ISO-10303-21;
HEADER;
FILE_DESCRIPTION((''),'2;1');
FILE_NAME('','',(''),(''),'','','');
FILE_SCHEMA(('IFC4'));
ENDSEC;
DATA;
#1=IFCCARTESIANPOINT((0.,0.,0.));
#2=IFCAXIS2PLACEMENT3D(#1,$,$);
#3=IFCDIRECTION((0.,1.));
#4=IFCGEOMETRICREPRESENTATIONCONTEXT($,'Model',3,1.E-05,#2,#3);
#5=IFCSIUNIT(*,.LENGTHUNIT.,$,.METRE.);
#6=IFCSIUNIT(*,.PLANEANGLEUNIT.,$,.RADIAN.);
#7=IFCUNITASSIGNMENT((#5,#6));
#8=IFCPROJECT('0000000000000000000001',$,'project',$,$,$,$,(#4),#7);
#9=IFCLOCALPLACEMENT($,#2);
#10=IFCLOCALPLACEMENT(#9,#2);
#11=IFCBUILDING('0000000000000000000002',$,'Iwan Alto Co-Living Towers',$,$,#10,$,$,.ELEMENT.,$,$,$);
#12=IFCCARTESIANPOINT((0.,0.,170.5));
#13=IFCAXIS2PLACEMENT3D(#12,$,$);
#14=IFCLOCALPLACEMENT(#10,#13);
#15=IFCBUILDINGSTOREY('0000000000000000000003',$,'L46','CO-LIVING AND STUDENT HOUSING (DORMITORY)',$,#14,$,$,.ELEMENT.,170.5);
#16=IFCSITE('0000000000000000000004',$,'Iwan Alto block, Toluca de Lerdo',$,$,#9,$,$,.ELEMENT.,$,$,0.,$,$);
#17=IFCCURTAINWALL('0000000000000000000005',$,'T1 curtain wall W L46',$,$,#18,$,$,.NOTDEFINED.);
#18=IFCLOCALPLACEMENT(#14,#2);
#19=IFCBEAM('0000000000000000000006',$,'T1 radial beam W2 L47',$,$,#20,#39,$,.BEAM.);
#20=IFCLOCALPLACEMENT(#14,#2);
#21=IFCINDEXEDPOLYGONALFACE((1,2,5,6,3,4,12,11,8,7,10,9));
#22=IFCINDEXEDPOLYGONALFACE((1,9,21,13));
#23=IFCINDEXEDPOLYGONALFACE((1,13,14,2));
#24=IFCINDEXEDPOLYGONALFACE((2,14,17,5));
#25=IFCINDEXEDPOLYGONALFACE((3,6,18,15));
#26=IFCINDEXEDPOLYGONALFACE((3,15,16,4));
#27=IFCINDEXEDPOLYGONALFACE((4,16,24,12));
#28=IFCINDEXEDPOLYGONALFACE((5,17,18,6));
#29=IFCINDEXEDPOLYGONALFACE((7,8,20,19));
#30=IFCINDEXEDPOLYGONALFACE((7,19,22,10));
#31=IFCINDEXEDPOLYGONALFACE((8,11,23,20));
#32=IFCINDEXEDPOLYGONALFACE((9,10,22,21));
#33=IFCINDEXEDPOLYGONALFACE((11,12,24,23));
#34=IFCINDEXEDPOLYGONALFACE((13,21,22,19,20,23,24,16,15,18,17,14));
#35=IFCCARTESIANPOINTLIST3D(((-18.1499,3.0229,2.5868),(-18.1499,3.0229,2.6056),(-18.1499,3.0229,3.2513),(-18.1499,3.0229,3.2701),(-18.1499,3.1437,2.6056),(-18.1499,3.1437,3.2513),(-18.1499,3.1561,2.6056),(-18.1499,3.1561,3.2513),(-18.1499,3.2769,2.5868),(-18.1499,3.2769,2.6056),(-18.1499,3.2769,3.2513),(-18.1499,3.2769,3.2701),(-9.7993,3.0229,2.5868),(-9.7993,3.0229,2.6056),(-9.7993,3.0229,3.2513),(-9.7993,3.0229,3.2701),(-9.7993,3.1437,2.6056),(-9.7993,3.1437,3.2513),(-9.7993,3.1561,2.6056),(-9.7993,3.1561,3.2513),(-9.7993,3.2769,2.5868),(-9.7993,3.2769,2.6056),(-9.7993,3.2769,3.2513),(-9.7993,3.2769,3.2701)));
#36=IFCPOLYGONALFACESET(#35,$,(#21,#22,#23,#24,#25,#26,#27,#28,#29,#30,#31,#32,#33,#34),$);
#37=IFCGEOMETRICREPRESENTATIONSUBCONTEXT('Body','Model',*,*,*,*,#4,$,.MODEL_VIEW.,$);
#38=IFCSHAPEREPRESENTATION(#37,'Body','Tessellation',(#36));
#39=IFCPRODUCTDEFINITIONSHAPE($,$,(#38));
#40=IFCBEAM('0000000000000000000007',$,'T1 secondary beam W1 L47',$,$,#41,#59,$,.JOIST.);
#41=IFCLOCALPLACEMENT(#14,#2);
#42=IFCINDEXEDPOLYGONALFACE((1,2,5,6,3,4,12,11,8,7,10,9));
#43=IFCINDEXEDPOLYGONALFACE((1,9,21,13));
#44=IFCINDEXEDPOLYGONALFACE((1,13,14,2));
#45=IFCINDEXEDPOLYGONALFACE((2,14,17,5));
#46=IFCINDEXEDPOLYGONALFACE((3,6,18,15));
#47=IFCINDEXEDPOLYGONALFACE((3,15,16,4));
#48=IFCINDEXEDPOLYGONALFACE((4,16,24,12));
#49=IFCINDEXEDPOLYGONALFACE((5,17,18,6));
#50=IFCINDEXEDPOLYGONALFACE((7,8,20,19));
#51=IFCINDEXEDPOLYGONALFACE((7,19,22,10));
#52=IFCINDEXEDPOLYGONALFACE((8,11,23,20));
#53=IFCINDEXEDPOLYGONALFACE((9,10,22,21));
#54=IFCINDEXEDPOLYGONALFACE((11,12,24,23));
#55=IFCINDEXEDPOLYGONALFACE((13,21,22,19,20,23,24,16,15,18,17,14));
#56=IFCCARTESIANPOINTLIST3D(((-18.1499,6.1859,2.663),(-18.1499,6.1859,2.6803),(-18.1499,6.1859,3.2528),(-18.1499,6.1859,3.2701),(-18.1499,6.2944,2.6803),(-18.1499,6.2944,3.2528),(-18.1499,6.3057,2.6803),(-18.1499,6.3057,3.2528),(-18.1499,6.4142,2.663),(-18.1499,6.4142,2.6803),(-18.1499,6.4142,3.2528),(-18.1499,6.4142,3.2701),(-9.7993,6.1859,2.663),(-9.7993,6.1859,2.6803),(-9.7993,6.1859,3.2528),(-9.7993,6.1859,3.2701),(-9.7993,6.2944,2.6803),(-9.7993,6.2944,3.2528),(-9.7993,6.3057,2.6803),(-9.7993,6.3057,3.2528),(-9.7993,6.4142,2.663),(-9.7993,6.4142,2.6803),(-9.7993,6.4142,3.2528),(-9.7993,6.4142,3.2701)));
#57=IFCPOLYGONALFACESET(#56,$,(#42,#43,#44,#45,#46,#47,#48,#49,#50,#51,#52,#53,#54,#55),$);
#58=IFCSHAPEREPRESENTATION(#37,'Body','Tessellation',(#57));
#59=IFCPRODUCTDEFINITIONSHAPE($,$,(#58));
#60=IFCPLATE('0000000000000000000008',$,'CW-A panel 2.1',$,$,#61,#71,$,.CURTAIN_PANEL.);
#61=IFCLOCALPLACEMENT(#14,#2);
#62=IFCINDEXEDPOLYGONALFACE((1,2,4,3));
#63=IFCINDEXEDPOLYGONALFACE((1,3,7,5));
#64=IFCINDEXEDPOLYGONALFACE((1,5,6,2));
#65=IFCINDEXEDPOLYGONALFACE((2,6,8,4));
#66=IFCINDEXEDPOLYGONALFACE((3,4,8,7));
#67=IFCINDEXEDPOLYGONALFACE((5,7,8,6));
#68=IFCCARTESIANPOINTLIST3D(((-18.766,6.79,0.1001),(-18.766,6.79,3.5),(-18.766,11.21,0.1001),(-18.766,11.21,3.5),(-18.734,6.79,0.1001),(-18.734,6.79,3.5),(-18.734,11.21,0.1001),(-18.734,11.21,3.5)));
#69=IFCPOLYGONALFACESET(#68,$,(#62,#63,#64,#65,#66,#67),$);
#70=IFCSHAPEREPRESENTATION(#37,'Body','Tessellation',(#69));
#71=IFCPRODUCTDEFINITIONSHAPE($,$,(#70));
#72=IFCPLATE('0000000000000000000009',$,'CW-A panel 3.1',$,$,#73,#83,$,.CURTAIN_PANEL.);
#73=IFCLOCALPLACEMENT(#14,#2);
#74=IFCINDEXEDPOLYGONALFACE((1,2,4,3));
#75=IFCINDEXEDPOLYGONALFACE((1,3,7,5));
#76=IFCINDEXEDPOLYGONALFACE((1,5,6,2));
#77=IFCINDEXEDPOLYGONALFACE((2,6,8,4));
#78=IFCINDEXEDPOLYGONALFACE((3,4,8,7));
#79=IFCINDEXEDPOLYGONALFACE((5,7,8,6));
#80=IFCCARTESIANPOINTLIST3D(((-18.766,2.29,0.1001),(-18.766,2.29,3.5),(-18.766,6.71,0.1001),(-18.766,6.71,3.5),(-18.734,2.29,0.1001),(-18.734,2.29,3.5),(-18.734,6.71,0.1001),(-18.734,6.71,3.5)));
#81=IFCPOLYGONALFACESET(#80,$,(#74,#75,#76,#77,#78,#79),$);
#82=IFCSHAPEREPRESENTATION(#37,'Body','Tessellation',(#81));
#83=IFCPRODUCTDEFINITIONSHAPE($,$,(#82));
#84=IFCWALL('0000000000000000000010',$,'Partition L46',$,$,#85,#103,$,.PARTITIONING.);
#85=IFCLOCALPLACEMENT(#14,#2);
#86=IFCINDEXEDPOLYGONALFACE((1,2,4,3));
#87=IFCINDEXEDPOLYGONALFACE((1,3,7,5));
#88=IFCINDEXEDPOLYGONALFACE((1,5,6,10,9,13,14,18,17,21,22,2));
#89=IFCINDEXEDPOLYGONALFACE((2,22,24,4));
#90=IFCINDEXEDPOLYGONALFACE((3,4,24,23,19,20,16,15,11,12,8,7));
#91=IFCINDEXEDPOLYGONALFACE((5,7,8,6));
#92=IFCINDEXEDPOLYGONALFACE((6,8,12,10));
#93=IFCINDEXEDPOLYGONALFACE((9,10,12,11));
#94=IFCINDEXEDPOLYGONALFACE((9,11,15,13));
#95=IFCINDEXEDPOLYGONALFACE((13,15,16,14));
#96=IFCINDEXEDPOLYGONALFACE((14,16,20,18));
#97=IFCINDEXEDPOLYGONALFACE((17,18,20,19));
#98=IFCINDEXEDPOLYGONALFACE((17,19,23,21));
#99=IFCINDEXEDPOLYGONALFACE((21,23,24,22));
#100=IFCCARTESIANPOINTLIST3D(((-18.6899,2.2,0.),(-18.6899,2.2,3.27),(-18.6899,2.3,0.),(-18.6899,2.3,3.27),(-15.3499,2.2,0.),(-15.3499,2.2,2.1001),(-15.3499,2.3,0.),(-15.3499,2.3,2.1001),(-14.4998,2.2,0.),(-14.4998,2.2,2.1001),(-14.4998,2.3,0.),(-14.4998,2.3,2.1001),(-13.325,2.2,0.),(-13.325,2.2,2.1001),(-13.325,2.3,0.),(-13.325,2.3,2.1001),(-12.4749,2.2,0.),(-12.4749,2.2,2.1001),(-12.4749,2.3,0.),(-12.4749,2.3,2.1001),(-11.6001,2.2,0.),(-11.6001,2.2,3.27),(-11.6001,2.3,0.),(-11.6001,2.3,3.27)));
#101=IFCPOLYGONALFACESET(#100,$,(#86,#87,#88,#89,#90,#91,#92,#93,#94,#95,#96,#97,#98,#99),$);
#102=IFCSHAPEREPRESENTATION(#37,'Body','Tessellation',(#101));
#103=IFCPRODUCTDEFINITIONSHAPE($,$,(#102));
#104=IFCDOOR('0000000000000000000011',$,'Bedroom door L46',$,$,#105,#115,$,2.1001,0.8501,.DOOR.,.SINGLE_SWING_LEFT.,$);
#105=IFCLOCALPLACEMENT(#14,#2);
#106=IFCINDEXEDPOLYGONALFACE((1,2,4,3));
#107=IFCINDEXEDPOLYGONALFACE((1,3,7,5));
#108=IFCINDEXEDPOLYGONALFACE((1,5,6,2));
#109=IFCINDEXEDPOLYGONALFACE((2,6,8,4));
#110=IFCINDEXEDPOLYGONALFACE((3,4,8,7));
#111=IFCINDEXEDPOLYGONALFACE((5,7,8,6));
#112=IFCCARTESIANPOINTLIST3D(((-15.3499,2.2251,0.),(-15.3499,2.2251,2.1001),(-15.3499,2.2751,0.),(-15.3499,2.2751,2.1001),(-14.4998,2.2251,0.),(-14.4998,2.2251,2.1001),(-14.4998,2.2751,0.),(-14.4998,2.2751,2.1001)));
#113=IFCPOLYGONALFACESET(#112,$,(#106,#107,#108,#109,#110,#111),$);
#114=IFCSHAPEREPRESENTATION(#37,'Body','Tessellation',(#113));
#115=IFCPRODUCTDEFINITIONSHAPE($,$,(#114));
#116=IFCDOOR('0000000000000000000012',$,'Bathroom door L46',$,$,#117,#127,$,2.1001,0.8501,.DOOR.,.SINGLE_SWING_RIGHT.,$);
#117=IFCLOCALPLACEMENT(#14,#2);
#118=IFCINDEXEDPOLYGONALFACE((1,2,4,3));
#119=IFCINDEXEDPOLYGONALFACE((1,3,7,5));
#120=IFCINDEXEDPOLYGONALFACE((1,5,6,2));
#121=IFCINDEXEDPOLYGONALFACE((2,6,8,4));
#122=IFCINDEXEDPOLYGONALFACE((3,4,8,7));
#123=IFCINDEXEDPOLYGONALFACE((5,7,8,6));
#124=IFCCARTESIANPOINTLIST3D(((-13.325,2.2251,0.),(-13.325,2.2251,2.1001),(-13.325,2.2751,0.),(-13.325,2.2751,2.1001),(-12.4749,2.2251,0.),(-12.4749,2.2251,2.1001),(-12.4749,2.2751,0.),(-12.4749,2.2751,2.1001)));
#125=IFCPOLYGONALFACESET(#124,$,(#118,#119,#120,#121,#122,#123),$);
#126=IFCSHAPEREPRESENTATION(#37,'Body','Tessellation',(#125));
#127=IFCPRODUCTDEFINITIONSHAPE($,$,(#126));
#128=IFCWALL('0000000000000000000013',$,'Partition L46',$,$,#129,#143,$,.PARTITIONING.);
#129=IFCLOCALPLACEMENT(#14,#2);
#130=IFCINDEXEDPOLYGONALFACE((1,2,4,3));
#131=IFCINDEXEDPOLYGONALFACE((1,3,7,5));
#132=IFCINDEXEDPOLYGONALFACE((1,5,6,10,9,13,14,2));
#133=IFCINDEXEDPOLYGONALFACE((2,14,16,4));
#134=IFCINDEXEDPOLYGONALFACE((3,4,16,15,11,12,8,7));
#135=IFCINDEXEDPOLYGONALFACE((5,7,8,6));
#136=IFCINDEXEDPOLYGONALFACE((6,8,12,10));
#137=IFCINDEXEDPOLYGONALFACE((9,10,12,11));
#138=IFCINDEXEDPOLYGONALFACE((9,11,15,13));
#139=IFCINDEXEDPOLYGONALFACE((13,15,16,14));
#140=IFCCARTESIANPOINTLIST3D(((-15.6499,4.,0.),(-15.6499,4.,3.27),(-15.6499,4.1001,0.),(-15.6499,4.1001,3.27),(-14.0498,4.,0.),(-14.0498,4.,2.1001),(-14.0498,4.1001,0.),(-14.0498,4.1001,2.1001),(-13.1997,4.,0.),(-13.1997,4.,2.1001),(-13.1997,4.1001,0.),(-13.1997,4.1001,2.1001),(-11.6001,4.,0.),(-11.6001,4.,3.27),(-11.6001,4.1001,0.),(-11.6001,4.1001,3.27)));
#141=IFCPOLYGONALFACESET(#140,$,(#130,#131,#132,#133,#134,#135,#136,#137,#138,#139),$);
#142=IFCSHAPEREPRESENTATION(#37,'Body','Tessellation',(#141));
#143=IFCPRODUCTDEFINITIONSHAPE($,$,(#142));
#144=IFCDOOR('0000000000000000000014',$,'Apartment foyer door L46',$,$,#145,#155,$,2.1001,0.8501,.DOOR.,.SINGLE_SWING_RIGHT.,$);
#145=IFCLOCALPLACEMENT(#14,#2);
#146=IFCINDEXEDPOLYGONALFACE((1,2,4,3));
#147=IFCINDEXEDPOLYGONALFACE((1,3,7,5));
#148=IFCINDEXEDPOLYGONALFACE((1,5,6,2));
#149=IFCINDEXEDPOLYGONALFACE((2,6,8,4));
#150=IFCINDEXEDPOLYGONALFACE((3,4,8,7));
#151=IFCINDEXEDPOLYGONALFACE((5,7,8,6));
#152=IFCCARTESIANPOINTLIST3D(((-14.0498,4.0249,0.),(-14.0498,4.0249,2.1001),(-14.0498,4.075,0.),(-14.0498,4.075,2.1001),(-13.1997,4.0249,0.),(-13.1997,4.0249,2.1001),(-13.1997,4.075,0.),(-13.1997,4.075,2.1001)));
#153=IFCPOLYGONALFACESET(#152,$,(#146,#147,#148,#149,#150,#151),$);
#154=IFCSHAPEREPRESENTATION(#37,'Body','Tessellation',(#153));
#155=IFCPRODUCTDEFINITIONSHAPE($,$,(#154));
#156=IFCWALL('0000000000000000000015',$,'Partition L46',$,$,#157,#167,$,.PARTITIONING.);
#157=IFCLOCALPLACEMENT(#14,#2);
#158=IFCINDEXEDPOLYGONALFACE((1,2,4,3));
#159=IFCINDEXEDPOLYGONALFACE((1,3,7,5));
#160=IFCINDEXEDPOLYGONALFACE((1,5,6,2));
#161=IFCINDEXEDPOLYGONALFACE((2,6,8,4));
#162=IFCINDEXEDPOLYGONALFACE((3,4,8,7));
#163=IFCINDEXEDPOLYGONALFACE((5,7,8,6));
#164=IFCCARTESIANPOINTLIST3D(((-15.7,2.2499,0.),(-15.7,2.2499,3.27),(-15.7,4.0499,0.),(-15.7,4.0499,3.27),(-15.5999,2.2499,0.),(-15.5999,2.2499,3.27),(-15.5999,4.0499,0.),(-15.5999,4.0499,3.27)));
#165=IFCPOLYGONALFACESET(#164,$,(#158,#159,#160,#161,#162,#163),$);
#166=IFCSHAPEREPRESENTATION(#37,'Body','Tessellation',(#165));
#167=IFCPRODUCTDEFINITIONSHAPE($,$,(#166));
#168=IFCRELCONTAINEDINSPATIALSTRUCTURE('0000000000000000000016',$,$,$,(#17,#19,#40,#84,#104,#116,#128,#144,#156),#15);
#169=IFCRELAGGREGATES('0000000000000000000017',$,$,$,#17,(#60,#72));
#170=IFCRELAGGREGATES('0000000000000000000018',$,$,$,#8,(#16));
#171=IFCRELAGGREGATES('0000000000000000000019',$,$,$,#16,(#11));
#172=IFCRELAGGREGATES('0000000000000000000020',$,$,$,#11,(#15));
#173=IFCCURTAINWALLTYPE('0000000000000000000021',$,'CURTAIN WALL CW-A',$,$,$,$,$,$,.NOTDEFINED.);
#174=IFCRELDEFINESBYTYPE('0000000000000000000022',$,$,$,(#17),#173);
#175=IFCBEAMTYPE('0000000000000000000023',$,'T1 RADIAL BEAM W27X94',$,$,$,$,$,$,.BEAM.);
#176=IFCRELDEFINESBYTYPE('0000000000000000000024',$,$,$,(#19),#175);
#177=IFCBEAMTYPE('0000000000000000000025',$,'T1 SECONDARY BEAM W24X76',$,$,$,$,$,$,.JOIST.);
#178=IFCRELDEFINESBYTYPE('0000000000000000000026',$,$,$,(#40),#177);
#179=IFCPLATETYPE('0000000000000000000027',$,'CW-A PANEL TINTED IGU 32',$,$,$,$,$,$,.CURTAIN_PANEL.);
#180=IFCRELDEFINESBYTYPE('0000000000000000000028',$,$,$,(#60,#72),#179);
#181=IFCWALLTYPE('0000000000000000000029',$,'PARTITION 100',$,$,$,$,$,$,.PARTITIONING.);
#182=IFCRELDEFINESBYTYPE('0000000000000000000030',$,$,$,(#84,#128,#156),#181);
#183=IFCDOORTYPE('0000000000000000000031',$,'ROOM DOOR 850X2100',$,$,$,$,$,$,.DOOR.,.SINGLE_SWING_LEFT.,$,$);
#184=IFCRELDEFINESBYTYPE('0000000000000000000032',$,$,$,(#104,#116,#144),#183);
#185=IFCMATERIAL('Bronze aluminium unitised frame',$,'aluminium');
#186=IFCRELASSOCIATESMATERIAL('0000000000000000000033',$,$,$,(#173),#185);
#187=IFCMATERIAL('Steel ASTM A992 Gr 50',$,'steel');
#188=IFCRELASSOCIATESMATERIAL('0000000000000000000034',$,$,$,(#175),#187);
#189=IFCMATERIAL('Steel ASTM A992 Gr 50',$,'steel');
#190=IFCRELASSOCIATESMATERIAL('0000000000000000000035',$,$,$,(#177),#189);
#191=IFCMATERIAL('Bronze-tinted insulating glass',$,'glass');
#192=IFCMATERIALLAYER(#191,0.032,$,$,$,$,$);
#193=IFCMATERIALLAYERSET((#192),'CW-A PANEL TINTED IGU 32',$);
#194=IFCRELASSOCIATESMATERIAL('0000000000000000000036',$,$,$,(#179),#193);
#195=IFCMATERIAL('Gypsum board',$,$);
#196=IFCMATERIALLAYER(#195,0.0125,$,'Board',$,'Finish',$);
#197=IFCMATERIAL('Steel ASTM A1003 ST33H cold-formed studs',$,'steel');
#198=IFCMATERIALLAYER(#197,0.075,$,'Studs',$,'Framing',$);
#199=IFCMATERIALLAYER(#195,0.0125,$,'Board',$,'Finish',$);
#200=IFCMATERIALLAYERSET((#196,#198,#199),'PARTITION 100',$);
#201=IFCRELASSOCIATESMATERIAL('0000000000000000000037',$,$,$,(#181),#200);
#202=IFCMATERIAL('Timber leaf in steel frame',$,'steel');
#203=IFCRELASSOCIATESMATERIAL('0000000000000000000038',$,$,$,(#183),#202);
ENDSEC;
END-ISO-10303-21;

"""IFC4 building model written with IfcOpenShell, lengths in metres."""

from ifc_helpers import new_model, si_unit, direction, frame, frame_2d, origin, origin_2d, place, context, subcontext, project, spatial, rectangle, i_section, extrude, material, layer, layer_set, material_profile, profile_set, type_object, element, fill, aggregate, save


model = new_model("IFC4")

# Units and contexts
model_context = context("Model", 3, precision=1e-05, world=origin(), true_north=direction((0.0, 1.0)))
body_context = subcontext(model_context, "Body", "Model", "MODEL_VIEW")
ifc_project = project(units=[si_unit("LENGTHUNIT", "METRE"), si_unit("PLANEANGLEUNIT", "RADIAN")], contexts=[model_context])

# Site, building, storey
site_placement = place(None, origin())
site = spatial("IfcSite", under=ifc_project, at=site_placement, Name="Iwan Alto block, Toluca de Lerdo", CompositionType="ELEMENT", RefElevation=0.0)
building_placement = place(site_placement, origin())
building = spatial("IfcBuilding", under=site, at=building_placement, Name="Iwan Alto Co-Living Towers", CompositionType="ELEMENT")
storey_placement = place(building_placement, frame((0.0, 0.0, 170.5)))
storey = spatial("IfcBuildingStorey", under=building, at=storey_placement, Name="L46", Description="CO-LIVING AND STUDENT HOUSING (DORMITORY)", CompositionType="ELEMENT", Elevation=170.5)

# Curtain wall
ifc_material_1 = material(Name="Bronze aluminium unitised frame", Category="aluminium")
curtain_wall_type = type_object("IfcCurtainWallType", Name="CURTAIN WALL CW-A", PredefinedType="NOTDEFINED", material=ifc_material_1)
curtain_wall_placement = place(storey_placement, origin())
curtain_wall = element("IfcCurtainWall", 1, at=curtain_wall_placement, inside=storey, type_object=curtain_wall_type, Name="T1 curtain wall W L46", PredefinedType="NOTDEFINED")

# Beams
ifc_material_2 = material(Name="Steel ASTM A992 Gr 50", Category="steel")
ifc_material_profile_1 = material_profile(ifc_material_2, i_section(OverallWidth=0.2539, OverallDepth=0.6833, WebThickness=0.0125, FlangeThickness=0.0188, at=origin_2d()), Name="W27X94")
ifc_profile_set_1 = profile_set([ifc_material_profile_1], Name="Steel ASTM A992 Gr 50")
beam_type_1 = type_object("IfcBeamType", Name="T1 RADIAL BEAM W27X94", PredefinedType="BEAM", material=ifc_profile_set_1)
for number, where, z_axis, x_axis, name in (
    (2, (-18.1499, 3.1499, 2.9285), (1.0, 0.0, 0.0), (0.0, 1.0, 0.0), "T1 radial beam W2 L47"),
):
    element("IfcBeam", number, at=place(storey_placement, frame(where, z_axis=z_axis, x_axis=x_axis)), inside=storey, type_object=beam_type_1, Name=name, PredefinedType="BEAM", context=body_context, shape_type="SweptSolid", body=[
        extrude(i_section(OverallWidth=0.2539, OverallDepth=0.6833, WebThickness=0.0125, FlangeThickness=0.0188, at=origin_2d()), origin(), (0.0, 0.0, 1.0), 8.3506),
    ])
ifc_material_3 = material(Name="Steel ASTM A992 Gr 50", Category="steel")
ifc_material_profile_2 = material_profile(ifc_material_3, i_section(OverallWidth=0.2283, OverallDepth=0.6072, WebThickness=0.0112, FlangeThickness=0.0173, at=origin_2d()), Name="W24X76")
ifc_profile_set_2 = profile_set([ifc_material_profile_2], Name="Steel ASTM A992 Gr 50")
beam_type_2 = type_object("IfcBeamType", Name="T1 SECONDARY BEAM W24X76", PredefinedType="JOIST", material=ifc_profile_set_2)
beam_1_placement = place(storey_placement, frame((-18.1499, 6.3, 2.9666), z_axis=(1.0, 0.0, 0.0), x_axis=(0.0, 1.0, 0.0)))
element("IfcBeam", 3, at=beam_1_placement, inside=storey, type_object=beam_type_2, Name="T1 secondary beam W1 L47", PredefinedType="JOIST", context=body_context, shape_type="SweptSolid", body=[
    extrude(i_section(OverallWidth=0.2283, OverallDepth=0.6072, WebThickness=0.0112, FlangeThickness=0.0173, at=origin_2d()), origin(), (0.0, 0.0, 1.0), 8.3506),
])

# Plates
ifc_material_4 = material(Name="Bronze-tinted insulating glass", Category="glass")
ifc_layer_1 = layer(ifc_material_4, 0.032)
ifc_layer_set_1 = layer_set([ifc_layer_1], Name="CW-A PANEL TINTED IGU 32")
plate_type = type_object("IfcPlateType", Name="CW-A PANEL TINTED IGU 32", PredefinedType="CURTAIN_PANEL", material=ifc_layer_set_1)
plate_1_placement = place(storey_placement, frame((-18.75, 9.0, 0.1001), z_axis=(0.0, 0.0, 1.0), x_axis=(0.0, -1.0, 0.0)))
plate_1 = element("IfcPlate", 4, at=plate_1_placement, type_object=plate_type, Name="CW-A panel 2.1", PredefinedType="CURTAIN_PANEL", context=body_context, shape_type="SweptSolid", body=[
    extrude(rectangle(XDim=4.4199, YDim=0.032, at=origin_2d()), origin(), (0.0, 0.0, 1.0), 3.3999),
])
plate_2_placement = place(storey_placement, frame((-18.75, 4.5, 0.1001), z_axis=(0.0, 0.0, 1.0), x_axis=(0.0, -1.0, 0.0)))
plate_2 = element("IfcPlate", 5, at=plate_2_placement, type_object=plate_type, Name="CW-A panel 3.1", PredefinedType="CURTAIN_PANEL", context=body_context, shape_type="SweptSolid", body=[
    extrude(rectangle(XDim=4.4199, YDim=0.032, at=origin_2d()), origin(), (0.0, 0.0, 1.0), 3.3999),
])
aggregate(curtain_wall, [plate_1, plate_2])

# Wall, openings, doors
ifc_material_5 = material(Name="Gypsum board")
ifc_layer_2 = layer(ifc_material_5, 0.0125, Name="Board", Category="Finish")
ifc_material_6 = material(Name="Steel ASTM A1003 ST33H cold-formed studs", Category="steel")
ifc_layer_3 = layer(ifc_material_6, 0.075, Name="Studs", Category="Framing")
ifc_layer_4 = layer(ifc_material_5, 0.0125, Name="Board", Category="Finish")
ifc_layer_set_2 = layer_set([ifc_layer_2, ifc_layer_3, ifc_layer_4], Name="PARTITION 100")
wall_type = type_object("IfcWallType", Name="PARTITION 100", PredefinedType="PARTITIONING", material=ifc_layer_set_2)
wall_1_placement = place(storey_placement, frame((-18.6899, 2.25, 0.0), z_axis=(0.0, 0.0, 1.0), x_axis=(1.0, 0.0, 0.0)))
wall_1 = element("IfcWall", 6, at=wall_1_placement, inside=storey, type_object=wall_type, Name="Partition L46", PredefinedType="PARTITIONING", context=body_context, shape_type="SweptSolid", body=[
    extrude(rectangle(XDim=7.0898, YDim=0.1001, at=frame_2d((3.5449, 0.0))), origin(), (0.0, 0.0, 1.0), 3.27),
])
opening_1_placement = place(wall_1_placement, frame((3.3401, 0.0, 0.0)))
opening_1 = element("IfcOpeningElement", 7, at=opening_1_placement, cuts=wall_1, PredefinedType="OPENING", context=body_context, shape_type="SweptSolid", body=[
    extrude(rectangle(XDim=0.8501, YDim=2.1001, at=frame_2d((0.425, 1.05))), frame((0.0, 0.0601, 0.0), z_axis=(0.0, -1.0, 0.0), x_axis=(1.0, 0.0, 0.0)), (0.0, 0.0, 1.0), 0.1201),
])
opening_2_placement = place(wall_1_placement, frame((5.365, 0.0, 0.0)))
opening_2 = element("IfcOpeningElement", 8, at=opening_2_placement, cuts=wall_1, PredefinedType="OPENING", context=body_context, shape_type="SweptSolid", body=[
    extrude(rectangle(XDim=0.8501, YDim=2.1001, at=frame_2d((0.425, 1.05))), frame((0.0, 0.0601, 0.0), z_axis=(0.0, -1.0, 0.0), x_axis=(1.0, 0.0, 0.0)), (0.0, 0.0, 1.0), 0.1201),
])
ifc_material_7 = material(Name="Timber leaf in steel frame", Category="steel")
door_type = type_object("IfcDoorType", Name="ROOM DOOR 850X2100", OperationType="SINGLE_SWING_LEFT", PredefinedType="DOOR", material=ifc_material_7)
door_1_placement = place(opening_1_placement, frame((0.8501, 0.0, 0.0), z_axis=(0.0, 0.0, 1.0), x_axis=(-1.0, 0.0, 0.0)))
door_1 = element("IfcDoor", 9, at=door_1_placement, inside=storey, type_object=door_type, Name="Bedroom door L46", OperationType="SINGLE_SWING_LEFT", OverallHeight=2.1001, OverallWidth=0.8501, PredefinedType="DOOR", context=body_context, shape_type="SweptSolid", body=[
    extrude(rectangle(XDim=0.8501, YDim=2.1001, at=frame_2d((0.425, 1.05))), frame((0.0, 0.0249, 0.0), z_axis=(0.0, -1.0, 0.0), x_axis=(1.0, 0.0, 0.0)), (0.0, 0.0, 1.0), 0.05),
])
fill(opening_1, door_1)
door_2_placement = place(opening_2_placement, frame((0.8501, 0.0, 0.0), z_axis=(0.0, 0.0, 1.0), x_axis=(-1.0, 0.0, 0.0)))
door_2 = element("IfcDoor", 10, at=door_2_placement, inside=storey, type_object=door_type, Name="Bathroom door L46", OperationType="SINGLE_SWING_RIGHT", OverallHeight=2.1001, OverallWidth=0.8501, PredefinedType="DOOR", context=body_context, shape_type="SweptSolid", body=[
    extrude(rectangle(XDim=0.8501, YDim=2.1001, at=frame_2d((0.425, 1.05))), frame((0.0, 0.0249, 0.0), z_axis=(0.0, -1.0, 0.0), x_axis=(1.0, 0.0, 0.0)), (0.0, 0.0, 1.0), 0.05),
])
fill(opening_2, door_2)

# Wall, opening, door
wall_2_placement = place(storey_placement, frame((-15.6499, 4.05, 0.0), z_axis=(0.0, 0.0, 1.0), x_axis=(1.0, 0.0, 0.0)))
wall_2 = element("IfcWall", 11, at=wall_2_placement, inside=storey, type_object=wall_type, Name="Partition L46", PredefinedType="PARTITIONING", context=body_context, shape_type="SweptSolid", body=[
    extrude(rectangle(XDim=4.0498, YDim=0.1001, at=frame_2d((2.0249, 0.0))), origin(), (0.0, 0.0, 1.0), 3.27),
])
opening_3_placement = place(wall_2_placement, frame((1.6001, 0.0, 0.0)))
opening_3 = element("IfcOpeningElement", 12, at=opening_3_placement, cuts=wall_2, PredefinedType="OPENING", context=body_context, shape_type="SweptSolid", body=[
    extrude(rectangle(XDim=0.8501, YDim=2.1001, at=frame_2d((0.425, 1.05))), frame((0.0, 0.0601, 0.0), z_axis=(0.0, -1.0, 0.0), x_axis=(1.0, 0.0, 0.0)), (0.0, 0.0, 1.0), 0.1201),
])
door_3_placement = place(opening_3_placement, origin())
door_3 = element("IfcDoor", 13, at=door_3_placement, inside=storey, type_object=door_type, Name="Apartment foyer door L46", OperationType="SINGLE_SWING_RIGHT", OverallHeight=2.1001, OverallWidth=0.8501, PredefinedType="DOOR", context=body_context, shape_type="SweptSolid", body=[
    extrude(rectangle(XDim=0.8501, YDim=2.1001, at=frame_2d((0.425, 1.05))), frame((0.0, 0.0249, 0.0), z_axis=(0.0, -1.0, 0.0), x_axis=(1.0, 0.0, 0.0)), (0.0, 0.0, 1.0), 0.05),
])
fill(opening_3, door_3)

# Wall
wall_3_placement = place(storey_placement, frame((-15.6499, 2.25, 0.0), z_axis=(0.0, 0.0, 1.0), x_axis=(0.0, 1.0, 0.0)))
element("IfcWall", 14, at=wall_3_placement, inside=storey, type_object=wall_type, Name="Partition L46", PredefinedType="PARTITIONING", context=body_context, shape_type="SweptSolid", body=[
    extrude(rectangle(XDim=1.8, YDim=0.1001, at=frame_2d((0.8999, 0.0))), origin(), (0.0, 0.0, 1.0), 3.27),
])

save(model, "model.ifc")
